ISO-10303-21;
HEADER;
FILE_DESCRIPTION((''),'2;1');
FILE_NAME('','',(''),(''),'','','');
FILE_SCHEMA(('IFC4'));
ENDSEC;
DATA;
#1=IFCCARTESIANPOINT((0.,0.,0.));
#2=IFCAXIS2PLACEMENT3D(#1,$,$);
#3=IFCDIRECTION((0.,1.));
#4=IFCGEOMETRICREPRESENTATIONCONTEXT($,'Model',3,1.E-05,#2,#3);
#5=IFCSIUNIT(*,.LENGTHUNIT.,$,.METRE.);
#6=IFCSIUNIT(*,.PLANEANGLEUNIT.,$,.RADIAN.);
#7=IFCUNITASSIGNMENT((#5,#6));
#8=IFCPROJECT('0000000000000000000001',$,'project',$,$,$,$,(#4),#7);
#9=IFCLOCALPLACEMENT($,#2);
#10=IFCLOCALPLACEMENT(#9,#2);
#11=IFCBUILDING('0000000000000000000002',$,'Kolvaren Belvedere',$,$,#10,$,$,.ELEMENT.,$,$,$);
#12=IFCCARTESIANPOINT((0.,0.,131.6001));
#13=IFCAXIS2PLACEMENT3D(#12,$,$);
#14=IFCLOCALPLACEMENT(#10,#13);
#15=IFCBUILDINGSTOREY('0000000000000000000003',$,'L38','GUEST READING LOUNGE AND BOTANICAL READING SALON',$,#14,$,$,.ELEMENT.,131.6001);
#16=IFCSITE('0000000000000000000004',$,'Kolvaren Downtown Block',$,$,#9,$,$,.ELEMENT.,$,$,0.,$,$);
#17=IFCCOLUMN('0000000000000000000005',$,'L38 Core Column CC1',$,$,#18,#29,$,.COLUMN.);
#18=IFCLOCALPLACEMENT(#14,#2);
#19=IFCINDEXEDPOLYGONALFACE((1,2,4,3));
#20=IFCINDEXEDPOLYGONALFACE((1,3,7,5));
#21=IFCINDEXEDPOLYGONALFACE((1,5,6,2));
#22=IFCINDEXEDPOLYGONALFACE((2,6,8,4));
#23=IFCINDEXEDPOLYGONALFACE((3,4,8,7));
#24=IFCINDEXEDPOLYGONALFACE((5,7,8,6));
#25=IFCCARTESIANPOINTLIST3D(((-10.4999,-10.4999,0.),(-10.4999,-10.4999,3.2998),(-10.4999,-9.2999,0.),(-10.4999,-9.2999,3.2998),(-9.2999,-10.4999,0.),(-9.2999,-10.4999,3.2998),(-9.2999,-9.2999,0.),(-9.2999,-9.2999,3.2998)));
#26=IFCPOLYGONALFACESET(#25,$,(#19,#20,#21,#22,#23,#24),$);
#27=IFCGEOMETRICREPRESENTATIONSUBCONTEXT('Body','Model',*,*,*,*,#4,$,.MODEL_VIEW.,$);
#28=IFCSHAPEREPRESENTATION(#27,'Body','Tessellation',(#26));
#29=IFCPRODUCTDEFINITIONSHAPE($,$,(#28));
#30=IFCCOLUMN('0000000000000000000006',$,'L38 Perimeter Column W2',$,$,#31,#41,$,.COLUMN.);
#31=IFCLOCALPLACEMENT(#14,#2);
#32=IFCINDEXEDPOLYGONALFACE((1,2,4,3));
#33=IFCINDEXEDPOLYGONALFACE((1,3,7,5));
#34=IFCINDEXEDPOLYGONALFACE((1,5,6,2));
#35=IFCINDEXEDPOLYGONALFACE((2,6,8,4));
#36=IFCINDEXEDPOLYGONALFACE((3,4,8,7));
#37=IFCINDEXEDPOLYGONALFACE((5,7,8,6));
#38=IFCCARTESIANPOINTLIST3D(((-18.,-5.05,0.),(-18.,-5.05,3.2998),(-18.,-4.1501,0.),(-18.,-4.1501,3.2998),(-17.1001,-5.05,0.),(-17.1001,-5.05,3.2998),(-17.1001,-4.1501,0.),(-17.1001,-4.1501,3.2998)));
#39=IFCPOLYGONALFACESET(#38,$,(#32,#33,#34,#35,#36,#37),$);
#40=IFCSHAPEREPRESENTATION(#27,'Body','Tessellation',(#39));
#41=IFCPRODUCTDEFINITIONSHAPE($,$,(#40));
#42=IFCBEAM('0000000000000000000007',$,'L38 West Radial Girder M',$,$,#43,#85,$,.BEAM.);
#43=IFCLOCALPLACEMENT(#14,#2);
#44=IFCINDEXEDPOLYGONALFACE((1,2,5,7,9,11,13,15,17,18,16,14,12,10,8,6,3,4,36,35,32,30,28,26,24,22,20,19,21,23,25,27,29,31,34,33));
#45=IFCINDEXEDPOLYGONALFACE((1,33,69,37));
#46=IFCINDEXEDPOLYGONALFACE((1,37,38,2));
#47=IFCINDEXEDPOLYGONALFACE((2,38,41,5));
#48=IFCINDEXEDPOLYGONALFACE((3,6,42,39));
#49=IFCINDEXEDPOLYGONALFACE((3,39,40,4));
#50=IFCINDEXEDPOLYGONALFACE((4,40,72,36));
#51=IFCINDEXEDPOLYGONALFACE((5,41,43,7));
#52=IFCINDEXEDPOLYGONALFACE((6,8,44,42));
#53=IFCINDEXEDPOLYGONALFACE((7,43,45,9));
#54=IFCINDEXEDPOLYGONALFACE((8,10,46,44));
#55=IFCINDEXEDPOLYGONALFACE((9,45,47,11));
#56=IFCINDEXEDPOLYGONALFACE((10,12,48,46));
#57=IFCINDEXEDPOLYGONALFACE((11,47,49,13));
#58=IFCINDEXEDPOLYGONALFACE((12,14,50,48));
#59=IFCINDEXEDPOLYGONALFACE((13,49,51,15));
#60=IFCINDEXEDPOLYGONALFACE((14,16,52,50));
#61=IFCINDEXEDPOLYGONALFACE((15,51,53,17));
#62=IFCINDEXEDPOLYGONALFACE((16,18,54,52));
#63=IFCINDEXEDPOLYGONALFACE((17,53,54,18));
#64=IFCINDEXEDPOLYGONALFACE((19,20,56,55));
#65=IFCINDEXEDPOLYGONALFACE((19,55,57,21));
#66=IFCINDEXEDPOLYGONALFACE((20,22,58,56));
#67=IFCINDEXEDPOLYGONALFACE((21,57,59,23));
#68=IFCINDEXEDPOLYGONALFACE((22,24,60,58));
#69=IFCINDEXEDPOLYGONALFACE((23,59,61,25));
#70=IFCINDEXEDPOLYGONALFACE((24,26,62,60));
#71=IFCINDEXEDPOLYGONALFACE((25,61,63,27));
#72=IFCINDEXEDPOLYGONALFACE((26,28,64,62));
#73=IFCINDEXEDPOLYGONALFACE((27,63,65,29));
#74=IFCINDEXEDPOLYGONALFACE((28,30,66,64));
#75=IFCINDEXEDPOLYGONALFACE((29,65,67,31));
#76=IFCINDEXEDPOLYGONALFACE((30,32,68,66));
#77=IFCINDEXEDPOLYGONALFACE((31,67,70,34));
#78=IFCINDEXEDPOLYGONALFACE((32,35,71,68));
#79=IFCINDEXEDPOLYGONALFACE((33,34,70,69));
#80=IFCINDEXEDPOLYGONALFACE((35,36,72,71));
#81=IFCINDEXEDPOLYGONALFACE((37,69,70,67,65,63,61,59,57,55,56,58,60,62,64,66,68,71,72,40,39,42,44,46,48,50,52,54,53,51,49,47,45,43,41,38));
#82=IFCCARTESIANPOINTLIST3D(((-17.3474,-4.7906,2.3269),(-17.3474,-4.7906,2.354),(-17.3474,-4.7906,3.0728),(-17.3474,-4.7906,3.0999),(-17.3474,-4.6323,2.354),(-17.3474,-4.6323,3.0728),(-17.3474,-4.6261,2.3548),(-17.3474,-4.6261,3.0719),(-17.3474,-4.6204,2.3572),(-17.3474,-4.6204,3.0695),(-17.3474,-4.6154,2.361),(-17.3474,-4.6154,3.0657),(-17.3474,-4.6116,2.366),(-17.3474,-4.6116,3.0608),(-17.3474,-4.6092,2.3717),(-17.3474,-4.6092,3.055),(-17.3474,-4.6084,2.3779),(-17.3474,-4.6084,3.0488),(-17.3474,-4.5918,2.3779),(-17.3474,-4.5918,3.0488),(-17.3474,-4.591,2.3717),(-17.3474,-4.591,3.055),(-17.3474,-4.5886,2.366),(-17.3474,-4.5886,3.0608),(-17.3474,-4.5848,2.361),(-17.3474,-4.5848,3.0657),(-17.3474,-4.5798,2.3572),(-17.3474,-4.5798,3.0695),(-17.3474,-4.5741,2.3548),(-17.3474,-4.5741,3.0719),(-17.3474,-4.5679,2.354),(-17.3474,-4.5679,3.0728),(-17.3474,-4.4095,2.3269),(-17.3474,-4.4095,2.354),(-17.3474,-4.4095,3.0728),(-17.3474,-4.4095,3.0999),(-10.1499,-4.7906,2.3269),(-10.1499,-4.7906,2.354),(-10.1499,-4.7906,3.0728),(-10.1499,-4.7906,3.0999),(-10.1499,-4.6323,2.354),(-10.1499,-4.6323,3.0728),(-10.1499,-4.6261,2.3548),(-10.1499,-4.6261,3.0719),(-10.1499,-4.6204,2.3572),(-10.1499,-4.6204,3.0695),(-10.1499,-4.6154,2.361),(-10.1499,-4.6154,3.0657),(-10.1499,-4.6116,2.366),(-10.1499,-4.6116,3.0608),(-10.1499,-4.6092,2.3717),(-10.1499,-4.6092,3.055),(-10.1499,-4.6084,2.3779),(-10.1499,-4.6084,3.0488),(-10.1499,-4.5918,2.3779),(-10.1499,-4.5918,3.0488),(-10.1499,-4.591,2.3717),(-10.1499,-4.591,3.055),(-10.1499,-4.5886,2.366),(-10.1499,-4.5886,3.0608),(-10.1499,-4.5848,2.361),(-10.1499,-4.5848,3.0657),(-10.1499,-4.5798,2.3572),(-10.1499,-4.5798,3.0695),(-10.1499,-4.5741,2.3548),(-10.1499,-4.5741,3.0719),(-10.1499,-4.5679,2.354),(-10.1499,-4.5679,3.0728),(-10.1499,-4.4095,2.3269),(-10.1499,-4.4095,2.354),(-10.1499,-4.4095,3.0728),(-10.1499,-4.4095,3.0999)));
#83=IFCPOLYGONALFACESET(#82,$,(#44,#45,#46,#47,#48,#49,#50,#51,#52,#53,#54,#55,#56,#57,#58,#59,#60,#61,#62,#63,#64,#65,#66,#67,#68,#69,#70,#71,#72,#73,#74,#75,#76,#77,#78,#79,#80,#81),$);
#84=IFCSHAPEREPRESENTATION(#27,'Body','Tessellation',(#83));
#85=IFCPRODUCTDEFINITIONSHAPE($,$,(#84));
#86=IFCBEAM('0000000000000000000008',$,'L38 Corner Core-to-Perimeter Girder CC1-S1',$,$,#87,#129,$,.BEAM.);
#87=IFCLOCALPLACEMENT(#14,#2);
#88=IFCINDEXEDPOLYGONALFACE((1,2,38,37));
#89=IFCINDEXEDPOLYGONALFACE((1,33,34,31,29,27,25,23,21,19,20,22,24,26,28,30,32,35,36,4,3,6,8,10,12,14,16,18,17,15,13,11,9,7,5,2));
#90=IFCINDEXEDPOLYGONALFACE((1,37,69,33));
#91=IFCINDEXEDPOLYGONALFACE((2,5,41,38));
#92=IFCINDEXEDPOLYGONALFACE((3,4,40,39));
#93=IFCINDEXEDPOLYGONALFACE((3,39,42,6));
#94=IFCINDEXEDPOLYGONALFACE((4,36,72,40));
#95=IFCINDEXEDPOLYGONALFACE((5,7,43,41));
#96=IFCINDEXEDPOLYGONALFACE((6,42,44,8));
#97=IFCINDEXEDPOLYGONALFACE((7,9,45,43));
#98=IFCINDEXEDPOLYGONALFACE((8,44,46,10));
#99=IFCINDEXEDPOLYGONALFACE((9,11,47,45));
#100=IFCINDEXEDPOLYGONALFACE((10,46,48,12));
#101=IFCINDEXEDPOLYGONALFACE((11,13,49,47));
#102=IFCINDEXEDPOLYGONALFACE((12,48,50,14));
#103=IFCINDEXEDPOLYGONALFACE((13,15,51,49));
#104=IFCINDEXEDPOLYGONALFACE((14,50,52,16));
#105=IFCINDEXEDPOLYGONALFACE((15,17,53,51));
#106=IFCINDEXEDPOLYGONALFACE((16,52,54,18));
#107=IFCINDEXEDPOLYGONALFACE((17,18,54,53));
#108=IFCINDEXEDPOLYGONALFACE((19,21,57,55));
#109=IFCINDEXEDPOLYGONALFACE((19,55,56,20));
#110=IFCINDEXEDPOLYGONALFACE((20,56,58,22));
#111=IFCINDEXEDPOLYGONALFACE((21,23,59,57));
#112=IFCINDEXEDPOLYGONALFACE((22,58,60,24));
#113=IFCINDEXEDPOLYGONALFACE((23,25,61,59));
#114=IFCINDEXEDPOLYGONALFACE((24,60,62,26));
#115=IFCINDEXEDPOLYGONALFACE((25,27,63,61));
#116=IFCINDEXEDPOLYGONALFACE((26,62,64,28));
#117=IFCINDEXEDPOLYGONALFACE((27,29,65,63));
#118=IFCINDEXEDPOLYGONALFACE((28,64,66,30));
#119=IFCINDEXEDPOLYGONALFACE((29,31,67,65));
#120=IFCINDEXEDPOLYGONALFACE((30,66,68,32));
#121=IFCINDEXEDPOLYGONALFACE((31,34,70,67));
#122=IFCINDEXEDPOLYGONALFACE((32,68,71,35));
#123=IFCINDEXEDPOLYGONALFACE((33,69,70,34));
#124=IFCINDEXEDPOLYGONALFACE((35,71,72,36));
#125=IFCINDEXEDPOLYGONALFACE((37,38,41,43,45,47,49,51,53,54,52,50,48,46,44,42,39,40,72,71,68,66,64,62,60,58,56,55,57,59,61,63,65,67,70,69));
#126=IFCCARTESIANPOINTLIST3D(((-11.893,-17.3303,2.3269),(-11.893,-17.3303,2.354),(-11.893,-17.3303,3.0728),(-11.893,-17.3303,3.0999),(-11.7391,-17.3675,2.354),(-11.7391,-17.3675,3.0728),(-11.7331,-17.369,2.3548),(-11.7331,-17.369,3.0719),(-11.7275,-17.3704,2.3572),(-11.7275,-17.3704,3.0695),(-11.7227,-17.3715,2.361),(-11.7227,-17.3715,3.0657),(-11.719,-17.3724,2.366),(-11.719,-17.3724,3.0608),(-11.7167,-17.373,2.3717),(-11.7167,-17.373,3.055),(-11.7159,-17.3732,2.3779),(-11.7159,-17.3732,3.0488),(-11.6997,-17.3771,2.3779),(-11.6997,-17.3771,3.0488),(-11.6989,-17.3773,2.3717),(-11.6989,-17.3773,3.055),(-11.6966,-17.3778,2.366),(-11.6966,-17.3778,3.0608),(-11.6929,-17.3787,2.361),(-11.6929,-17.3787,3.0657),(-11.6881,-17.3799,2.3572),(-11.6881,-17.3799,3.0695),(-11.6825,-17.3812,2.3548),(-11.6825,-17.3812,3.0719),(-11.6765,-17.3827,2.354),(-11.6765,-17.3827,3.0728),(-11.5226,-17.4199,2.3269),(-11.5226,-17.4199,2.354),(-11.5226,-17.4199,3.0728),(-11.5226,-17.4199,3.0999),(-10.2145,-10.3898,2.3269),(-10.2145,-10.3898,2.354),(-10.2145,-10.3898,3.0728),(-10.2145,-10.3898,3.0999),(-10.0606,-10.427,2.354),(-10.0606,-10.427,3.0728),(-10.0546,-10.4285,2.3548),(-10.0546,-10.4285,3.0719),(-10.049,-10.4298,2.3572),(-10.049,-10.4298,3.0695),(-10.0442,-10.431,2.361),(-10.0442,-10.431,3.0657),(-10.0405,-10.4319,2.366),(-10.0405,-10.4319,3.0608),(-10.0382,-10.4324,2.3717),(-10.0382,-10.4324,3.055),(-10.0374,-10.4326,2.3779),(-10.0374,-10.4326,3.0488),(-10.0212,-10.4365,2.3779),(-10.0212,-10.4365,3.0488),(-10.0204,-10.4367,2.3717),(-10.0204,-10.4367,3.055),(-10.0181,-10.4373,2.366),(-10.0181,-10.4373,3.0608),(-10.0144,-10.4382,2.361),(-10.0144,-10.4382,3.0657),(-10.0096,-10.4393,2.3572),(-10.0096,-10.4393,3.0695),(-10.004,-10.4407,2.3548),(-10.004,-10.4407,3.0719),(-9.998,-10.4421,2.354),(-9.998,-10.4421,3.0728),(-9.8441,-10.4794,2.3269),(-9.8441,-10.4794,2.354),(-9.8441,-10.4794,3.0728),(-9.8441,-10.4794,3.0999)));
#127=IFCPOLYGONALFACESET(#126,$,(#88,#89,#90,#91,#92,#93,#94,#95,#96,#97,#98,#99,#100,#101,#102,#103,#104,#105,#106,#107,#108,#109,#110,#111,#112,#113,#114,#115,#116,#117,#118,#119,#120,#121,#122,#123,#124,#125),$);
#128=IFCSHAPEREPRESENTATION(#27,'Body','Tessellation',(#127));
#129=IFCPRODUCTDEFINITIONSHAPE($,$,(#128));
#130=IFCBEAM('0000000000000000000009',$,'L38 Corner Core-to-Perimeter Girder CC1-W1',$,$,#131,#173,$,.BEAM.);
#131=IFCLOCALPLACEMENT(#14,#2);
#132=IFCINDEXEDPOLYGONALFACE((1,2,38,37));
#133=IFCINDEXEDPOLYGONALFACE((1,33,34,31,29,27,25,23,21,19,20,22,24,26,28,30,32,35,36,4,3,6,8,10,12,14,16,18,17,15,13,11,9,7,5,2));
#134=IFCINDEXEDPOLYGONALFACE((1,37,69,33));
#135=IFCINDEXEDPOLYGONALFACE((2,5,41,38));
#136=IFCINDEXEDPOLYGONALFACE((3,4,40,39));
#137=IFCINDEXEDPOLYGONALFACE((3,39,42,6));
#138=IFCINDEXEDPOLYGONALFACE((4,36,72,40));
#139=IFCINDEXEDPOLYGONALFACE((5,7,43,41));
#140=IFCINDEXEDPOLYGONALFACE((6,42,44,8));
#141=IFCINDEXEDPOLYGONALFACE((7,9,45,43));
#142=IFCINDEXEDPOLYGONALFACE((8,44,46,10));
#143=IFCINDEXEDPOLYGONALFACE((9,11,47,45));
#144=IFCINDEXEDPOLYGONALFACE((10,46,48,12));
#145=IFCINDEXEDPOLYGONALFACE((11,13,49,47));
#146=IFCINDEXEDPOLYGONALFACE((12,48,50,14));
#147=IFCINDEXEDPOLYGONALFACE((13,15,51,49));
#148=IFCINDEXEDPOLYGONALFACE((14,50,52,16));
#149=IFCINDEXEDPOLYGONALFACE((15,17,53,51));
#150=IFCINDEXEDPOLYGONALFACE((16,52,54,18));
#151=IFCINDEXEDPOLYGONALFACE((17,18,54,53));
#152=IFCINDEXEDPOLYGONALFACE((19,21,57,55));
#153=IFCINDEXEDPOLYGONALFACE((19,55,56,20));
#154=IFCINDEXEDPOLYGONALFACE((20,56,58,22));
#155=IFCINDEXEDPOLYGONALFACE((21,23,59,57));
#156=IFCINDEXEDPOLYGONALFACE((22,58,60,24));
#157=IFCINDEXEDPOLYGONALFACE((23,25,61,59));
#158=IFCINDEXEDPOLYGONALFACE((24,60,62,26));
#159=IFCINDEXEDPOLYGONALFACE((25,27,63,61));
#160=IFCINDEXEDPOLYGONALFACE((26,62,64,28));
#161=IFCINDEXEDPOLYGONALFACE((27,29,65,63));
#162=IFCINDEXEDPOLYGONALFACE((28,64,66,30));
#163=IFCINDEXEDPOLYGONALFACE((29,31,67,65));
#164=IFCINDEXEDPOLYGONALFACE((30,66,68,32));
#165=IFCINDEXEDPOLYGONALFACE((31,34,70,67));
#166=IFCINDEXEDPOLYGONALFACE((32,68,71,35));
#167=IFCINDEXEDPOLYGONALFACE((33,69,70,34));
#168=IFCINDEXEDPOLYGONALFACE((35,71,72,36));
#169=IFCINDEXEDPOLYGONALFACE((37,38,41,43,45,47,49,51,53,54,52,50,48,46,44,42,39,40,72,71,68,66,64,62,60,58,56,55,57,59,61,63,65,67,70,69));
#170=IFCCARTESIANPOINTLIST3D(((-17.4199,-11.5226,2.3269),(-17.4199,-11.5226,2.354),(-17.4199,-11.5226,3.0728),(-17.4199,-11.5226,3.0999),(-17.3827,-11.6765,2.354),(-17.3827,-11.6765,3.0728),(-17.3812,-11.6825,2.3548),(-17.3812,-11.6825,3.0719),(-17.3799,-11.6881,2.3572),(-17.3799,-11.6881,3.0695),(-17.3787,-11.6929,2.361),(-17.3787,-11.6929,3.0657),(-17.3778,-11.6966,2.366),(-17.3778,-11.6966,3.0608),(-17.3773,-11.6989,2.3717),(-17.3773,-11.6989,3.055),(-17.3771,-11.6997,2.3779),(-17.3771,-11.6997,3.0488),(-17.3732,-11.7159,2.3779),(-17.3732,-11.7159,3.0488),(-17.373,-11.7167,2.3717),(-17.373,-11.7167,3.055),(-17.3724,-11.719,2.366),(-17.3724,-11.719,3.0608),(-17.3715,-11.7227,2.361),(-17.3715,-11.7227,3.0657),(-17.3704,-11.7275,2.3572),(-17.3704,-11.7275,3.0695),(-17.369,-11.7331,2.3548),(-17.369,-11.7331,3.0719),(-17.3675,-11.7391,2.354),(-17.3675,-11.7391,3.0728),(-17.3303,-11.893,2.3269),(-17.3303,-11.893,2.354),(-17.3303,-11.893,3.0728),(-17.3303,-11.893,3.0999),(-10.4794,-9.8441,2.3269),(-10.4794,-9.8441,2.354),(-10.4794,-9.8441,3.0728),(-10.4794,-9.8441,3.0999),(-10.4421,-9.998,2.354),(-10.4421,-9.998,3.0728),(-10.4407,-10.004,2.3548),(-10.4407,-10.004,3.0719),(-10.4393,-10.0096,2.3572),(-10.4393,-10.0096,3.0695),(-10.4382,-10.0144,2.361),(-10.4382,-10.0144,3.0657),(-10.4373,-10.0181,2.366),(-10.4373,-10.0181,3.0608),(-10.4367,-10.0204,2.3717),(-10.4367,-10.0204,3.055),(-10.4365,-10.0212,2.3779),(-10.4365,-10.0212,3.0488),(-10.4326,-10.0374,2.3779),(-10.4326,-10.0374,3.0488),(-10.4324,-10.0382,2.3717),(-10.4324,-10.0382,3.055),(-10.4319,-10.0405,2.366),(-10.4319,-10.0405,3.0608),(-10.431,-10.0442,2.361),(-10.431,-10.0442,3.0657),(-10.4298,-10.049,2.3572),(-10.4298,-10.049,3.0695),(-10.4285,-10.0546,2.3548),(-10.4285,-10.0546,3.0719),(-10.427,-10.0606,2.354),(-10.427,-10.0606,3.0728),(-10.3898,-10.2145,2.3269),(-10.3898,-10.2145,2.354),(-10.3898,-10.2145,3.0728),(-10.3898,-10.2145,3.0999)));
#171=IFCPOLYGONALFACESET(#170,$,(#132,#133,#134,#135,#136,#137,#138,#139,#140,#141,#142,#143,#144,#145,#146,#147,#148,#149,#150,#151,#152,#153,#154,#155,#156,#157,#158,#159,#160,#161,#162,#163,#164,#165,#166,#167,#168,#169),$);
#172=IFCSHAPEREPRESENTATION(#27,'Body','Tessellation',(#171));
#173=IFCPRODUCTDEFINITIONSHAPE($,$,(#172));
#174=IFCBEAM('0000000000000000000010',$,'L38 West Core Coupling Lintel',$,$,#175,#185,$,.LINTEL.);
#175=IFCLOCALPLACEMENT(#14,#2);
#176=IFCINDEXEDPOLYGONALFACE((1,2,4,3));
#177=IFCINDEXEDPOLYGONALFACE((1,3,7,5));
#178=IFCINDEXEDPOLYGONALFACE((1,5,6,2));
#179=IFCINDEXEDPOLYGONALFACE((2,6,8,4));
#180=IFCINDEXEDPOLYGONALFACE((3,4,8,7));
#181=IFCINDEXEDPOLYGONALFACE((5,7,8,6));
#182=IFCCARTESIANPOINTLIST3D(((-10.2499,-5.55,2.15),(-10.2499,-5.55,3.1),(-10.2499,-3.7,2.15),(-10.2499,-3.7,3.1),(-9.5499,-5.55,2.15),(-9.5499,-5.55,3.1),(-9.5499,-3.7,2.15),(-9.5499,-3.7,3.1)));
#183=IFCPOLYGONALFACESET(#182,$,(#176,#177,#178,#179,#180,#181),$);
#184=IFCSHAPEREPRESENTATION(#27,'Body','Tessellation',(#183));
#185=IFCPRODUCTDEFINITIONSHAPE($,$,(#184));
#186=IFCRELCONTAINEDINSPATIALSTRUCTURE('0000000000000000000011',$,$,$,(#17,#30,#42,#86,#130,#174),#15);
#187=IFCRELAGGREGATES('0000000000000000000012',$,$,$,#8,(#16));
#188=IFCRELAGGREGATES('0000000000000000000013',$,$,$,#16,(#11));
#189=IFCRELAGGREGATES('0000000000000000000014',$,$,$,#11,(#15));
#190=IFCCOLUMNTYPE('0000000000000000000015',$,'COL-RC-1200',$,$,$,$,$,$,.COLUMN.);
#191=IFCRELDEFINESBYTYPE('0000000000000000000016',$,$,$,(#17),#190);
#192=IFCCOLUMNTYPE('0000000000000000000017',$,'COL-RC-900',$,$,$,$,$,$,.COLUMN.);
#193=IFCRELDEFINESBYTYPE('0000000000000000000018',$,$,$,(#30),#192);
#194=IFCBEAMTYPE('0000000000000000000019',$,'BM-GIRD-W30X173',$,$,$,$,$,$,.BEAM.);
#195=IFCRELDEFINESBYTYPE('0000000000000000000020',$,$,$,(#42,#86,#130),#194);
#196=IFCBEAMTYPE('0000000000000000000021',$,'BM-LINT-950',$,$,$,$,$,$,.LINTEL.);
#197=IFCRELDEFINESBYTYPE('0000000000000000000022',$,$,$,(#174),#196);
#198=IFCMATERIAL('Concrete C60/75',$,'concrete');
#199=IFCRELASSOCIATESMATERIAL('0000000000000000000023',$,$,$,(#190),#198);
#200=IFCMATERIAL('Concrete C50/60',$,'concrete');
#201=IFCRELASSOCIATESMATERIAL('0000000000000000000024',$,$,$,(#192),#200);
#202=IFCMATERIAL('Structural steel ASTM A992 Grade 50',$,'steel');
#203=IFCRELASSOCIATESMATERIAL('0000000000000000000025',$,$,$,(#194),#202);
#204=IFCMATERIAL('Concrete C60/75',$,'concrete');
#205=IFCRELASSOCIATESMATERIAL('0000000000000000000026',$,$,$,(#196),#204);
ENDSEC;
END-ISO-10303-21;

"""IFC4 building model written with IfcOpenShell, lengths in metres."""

from ifc_helpers import new_model, si_unit, direction, frame, origin, origin_2d, place, context, subcontext, project, spatial, rectangle, i_section, extrude, material, material_profile, profile_set, type_object, element, save


model = new_model("IFC4")

# Units and contexts
model_context = context("Model", 3, precision=1e-05, world=origin(), true_north=direction((0.0, 1.0)))
body_context = subcontext(model_context, "Body", "Model", "MODEL_VIEW")
ifc_project = project(units=[si_unit("LENGTHUNIT", "METRE"), si_unit("PLANEANGLEUNIT", "RADIAN")], contexts=[model_context])

# Site, building, storey
site_placement = place(None, origin())
site = spatial("IfcSite", under=ifc_project, at=site_placement, Name="Kolvaren Downtown Block", CompositionType="ELEMENT", RefElevation=0.0)
building_placement = place(site_placement, origin())
building = spatial("IfcBuilding", under=site, at=building_placement, Name="Kolvaren Belvedere", CompositionType="ELEMENT")
storey_placement = place(building_placement, frame((0.0, 0.0, 131.6001)))
storey = spatial("IfcBuildingStorey", under=building, at=storey_placement, Name="L38", Description="GUEST READING LOUNGE AND BOTANICAL READING SALON", CompositionType="ELEMENT", Elevation=131.6001)

# Columns
ifc_material_1 = material(Name="Concrete C60/75", Category="concrete")
ifc_material_profile_1 = material_profile(ifc_material_1, rectangle(XDim=1.2, YDim=1.2, at=origin_2d()), Name="RC 1200X1200")
ifc_profile_set_1 = profile_set([ifc_material_profile_1], Name="Concrete C60/75")
column_type_1 = type_object("IfcColumnType", Name="COL-RC-1200", PredefinedType="COLUMN", material=ifc_profile_set_1)
column_1_placement = place(storey_placement, frame((-9.8999, -9.8999, 0.0), z_axis=(0.0, 0.0, 1.0), x_axis=(1.0, 0.0, 0.0)))
element("IfcColumn", 1, at=column_1_placement, inside=storey, type_object=column_type_1, Name="L38 Core Column CC1", PredefinedType="COLUMN", context=body_context, shape_type="SweptSolid", body=[
    extrude(rectangle(XDim=1.2, YDim=1.2, at=origin_2d()), origin(), (0.0, 0.0, 1.0), 3.2998),
])
ifc_material_2 = material(Name="Concrete C50/60", Category="concrete")
ifc_material_profile_2 = material_profile(ifc_material_2, rectangle(XDim=0.8999, YDim=0.8999, at=origin_2d()), Name="RC 900X900")
ifc_profile_set_2 = profile_set([ifc_material_profile_2], Name="Concrete C50/60")
column_type_2 = type_object("IfcColumnType", Name="COL-RC-900", PredefinedType="COLUMN", material=ifc_profile_set_2)
column_2_placement = place(storey_placement, frame((-17.55, -4.6001, 0.0), z_axis=(0.0, 0.0, 1.0), x_axis=(1.0, 0.0, 0.0)))
element("IfcColumn", 2, at=column_2_placement, inside=storey, type_object=column_type_2, Name="L38 Perimeter Column W2", PredefinedType="COLUMN", context=body_context, shape_type="SweptSolid", body=[
    extrude(rectangle(XDim=0.8999, YDim=0.8999, at=origin_2d()), origin(), (0.0, 0.0, 1.0), 3.2998),
])

# Beams
ifc_material_3 = material(Name="Structural steel ASTM A992 Grade 50", Category="steel")
ifc_material_profile_3 = material_profile(ifc_material_3, i_section(OverallWidth=0.3811, OverallDepth=0.7729, WebThickness=0.0166, FlangeThickness=0.0271, FilletRadius=0.0239, at=origin_2d()), Name="W30X173")
ifc_profile_set_3 = profile_set([ifc_material_profile_3], Name="Structural steel ASTM A992 Grade 50")
beam_type_1 = type_object("IfcBeamType", Name="BM-GIRD-W30X173", PredefinedType="BEAM", material=ifc_profile_set_3)
beam_1_placement = place(storey_placement, frame((-10.1499, -4.6001, 2.7134), z_axis=(-1.0, 0.0, 0.0), x_axis=(0.0, -1.0, 0.0)))
element("IfcBeam", 3, at=beam_1_placement, inside=storey, type_object=beam_type_1, Name="L38 West Radial Girder M", PredefinedType="BEAM", context=body_context, shape_type="SweptSolid", body=[
    extrude(i_section(OverallWidth=0.3811, OverallDepth=0.7729, WebThickness=0.0166, FlangeThickness=0.0271, FilletRadius=0.0239, at=origin_2d()), origin(), (0.0, 0.0, 1.0), 7.1975),
])
for number, where, z_axis, x_axis, name in (
    (4, (-10.0293, -10.4346, 2.7134), (-0.235063, -0.97198, 0.0), (0.97198, -0.235063, 0.0), "L38 Corner Core-to-Perimeter Girder CC1-S1"),
    (5, (-10.4346, -10.0293, 2.7134), (-0.97198, -0.235063, 0.0), (0.235063, -0.97198, 0.0), "L38 Corner Core-to-Perimeter Girder CC1-W1"),
):
    element("IfcBeam", number, at=place(storey_placement, frame(where, z_axis=z_axis, x_axis=x_axis)), inside=storey, type_object=beam_type_1, Name=name, PredefinedType="BEAM", context=body_context, shape_type="SweptSolid", body=[
        extrude(i_section(OverallWidth=0.3811, OverallDepth=0.7729, WebThickness=0.0166, FlangeThickness=0.0271, FilletRadius=0.0239, at=origin_2d()), origin(), (0.0, 0.0, 1.0), 7.1406),
    ])
ifc_material_4 = material(Name="Concrete C60/75", Category="concrete")
ifc_material_profile_4 = material_profile(ifc_material_4, rectangle(XDim=0.7, YDim=0.95, at=origin_2d()), Name="RC 700X950")
ifc_profile_set_4 = profile_set([ifc_material_profile_4], Name="Concrete C60/75")
beam_type_2 = type_object("IfcBeamType", Name="BM-LINT-950", PredefinedType="LINTEL", material=ifc_profile_set_4)
beam_2_placement = place(storey_placement, frame((-9.8999, -5.55, 2.625), z_axis=(0.0, 1.0, 0.0), x_axis=(-1.0, 0.0, 0.0)))
element("IfcBeam", 6, at=beam_2_placement, inside=storey, type_object=beam_type_2, Name="L38 West Core Coupling Lintel", PredefinedType="LINTEL", context=body_context, shape_type="SweptSolid", body=[
    extrude(rectangle(XDim=0.7, YDim=0.95, at=origin_2d()), origin(), (0.0, 0.0, 1.0), 1.8501),
])

save(model, "model.ifc")
